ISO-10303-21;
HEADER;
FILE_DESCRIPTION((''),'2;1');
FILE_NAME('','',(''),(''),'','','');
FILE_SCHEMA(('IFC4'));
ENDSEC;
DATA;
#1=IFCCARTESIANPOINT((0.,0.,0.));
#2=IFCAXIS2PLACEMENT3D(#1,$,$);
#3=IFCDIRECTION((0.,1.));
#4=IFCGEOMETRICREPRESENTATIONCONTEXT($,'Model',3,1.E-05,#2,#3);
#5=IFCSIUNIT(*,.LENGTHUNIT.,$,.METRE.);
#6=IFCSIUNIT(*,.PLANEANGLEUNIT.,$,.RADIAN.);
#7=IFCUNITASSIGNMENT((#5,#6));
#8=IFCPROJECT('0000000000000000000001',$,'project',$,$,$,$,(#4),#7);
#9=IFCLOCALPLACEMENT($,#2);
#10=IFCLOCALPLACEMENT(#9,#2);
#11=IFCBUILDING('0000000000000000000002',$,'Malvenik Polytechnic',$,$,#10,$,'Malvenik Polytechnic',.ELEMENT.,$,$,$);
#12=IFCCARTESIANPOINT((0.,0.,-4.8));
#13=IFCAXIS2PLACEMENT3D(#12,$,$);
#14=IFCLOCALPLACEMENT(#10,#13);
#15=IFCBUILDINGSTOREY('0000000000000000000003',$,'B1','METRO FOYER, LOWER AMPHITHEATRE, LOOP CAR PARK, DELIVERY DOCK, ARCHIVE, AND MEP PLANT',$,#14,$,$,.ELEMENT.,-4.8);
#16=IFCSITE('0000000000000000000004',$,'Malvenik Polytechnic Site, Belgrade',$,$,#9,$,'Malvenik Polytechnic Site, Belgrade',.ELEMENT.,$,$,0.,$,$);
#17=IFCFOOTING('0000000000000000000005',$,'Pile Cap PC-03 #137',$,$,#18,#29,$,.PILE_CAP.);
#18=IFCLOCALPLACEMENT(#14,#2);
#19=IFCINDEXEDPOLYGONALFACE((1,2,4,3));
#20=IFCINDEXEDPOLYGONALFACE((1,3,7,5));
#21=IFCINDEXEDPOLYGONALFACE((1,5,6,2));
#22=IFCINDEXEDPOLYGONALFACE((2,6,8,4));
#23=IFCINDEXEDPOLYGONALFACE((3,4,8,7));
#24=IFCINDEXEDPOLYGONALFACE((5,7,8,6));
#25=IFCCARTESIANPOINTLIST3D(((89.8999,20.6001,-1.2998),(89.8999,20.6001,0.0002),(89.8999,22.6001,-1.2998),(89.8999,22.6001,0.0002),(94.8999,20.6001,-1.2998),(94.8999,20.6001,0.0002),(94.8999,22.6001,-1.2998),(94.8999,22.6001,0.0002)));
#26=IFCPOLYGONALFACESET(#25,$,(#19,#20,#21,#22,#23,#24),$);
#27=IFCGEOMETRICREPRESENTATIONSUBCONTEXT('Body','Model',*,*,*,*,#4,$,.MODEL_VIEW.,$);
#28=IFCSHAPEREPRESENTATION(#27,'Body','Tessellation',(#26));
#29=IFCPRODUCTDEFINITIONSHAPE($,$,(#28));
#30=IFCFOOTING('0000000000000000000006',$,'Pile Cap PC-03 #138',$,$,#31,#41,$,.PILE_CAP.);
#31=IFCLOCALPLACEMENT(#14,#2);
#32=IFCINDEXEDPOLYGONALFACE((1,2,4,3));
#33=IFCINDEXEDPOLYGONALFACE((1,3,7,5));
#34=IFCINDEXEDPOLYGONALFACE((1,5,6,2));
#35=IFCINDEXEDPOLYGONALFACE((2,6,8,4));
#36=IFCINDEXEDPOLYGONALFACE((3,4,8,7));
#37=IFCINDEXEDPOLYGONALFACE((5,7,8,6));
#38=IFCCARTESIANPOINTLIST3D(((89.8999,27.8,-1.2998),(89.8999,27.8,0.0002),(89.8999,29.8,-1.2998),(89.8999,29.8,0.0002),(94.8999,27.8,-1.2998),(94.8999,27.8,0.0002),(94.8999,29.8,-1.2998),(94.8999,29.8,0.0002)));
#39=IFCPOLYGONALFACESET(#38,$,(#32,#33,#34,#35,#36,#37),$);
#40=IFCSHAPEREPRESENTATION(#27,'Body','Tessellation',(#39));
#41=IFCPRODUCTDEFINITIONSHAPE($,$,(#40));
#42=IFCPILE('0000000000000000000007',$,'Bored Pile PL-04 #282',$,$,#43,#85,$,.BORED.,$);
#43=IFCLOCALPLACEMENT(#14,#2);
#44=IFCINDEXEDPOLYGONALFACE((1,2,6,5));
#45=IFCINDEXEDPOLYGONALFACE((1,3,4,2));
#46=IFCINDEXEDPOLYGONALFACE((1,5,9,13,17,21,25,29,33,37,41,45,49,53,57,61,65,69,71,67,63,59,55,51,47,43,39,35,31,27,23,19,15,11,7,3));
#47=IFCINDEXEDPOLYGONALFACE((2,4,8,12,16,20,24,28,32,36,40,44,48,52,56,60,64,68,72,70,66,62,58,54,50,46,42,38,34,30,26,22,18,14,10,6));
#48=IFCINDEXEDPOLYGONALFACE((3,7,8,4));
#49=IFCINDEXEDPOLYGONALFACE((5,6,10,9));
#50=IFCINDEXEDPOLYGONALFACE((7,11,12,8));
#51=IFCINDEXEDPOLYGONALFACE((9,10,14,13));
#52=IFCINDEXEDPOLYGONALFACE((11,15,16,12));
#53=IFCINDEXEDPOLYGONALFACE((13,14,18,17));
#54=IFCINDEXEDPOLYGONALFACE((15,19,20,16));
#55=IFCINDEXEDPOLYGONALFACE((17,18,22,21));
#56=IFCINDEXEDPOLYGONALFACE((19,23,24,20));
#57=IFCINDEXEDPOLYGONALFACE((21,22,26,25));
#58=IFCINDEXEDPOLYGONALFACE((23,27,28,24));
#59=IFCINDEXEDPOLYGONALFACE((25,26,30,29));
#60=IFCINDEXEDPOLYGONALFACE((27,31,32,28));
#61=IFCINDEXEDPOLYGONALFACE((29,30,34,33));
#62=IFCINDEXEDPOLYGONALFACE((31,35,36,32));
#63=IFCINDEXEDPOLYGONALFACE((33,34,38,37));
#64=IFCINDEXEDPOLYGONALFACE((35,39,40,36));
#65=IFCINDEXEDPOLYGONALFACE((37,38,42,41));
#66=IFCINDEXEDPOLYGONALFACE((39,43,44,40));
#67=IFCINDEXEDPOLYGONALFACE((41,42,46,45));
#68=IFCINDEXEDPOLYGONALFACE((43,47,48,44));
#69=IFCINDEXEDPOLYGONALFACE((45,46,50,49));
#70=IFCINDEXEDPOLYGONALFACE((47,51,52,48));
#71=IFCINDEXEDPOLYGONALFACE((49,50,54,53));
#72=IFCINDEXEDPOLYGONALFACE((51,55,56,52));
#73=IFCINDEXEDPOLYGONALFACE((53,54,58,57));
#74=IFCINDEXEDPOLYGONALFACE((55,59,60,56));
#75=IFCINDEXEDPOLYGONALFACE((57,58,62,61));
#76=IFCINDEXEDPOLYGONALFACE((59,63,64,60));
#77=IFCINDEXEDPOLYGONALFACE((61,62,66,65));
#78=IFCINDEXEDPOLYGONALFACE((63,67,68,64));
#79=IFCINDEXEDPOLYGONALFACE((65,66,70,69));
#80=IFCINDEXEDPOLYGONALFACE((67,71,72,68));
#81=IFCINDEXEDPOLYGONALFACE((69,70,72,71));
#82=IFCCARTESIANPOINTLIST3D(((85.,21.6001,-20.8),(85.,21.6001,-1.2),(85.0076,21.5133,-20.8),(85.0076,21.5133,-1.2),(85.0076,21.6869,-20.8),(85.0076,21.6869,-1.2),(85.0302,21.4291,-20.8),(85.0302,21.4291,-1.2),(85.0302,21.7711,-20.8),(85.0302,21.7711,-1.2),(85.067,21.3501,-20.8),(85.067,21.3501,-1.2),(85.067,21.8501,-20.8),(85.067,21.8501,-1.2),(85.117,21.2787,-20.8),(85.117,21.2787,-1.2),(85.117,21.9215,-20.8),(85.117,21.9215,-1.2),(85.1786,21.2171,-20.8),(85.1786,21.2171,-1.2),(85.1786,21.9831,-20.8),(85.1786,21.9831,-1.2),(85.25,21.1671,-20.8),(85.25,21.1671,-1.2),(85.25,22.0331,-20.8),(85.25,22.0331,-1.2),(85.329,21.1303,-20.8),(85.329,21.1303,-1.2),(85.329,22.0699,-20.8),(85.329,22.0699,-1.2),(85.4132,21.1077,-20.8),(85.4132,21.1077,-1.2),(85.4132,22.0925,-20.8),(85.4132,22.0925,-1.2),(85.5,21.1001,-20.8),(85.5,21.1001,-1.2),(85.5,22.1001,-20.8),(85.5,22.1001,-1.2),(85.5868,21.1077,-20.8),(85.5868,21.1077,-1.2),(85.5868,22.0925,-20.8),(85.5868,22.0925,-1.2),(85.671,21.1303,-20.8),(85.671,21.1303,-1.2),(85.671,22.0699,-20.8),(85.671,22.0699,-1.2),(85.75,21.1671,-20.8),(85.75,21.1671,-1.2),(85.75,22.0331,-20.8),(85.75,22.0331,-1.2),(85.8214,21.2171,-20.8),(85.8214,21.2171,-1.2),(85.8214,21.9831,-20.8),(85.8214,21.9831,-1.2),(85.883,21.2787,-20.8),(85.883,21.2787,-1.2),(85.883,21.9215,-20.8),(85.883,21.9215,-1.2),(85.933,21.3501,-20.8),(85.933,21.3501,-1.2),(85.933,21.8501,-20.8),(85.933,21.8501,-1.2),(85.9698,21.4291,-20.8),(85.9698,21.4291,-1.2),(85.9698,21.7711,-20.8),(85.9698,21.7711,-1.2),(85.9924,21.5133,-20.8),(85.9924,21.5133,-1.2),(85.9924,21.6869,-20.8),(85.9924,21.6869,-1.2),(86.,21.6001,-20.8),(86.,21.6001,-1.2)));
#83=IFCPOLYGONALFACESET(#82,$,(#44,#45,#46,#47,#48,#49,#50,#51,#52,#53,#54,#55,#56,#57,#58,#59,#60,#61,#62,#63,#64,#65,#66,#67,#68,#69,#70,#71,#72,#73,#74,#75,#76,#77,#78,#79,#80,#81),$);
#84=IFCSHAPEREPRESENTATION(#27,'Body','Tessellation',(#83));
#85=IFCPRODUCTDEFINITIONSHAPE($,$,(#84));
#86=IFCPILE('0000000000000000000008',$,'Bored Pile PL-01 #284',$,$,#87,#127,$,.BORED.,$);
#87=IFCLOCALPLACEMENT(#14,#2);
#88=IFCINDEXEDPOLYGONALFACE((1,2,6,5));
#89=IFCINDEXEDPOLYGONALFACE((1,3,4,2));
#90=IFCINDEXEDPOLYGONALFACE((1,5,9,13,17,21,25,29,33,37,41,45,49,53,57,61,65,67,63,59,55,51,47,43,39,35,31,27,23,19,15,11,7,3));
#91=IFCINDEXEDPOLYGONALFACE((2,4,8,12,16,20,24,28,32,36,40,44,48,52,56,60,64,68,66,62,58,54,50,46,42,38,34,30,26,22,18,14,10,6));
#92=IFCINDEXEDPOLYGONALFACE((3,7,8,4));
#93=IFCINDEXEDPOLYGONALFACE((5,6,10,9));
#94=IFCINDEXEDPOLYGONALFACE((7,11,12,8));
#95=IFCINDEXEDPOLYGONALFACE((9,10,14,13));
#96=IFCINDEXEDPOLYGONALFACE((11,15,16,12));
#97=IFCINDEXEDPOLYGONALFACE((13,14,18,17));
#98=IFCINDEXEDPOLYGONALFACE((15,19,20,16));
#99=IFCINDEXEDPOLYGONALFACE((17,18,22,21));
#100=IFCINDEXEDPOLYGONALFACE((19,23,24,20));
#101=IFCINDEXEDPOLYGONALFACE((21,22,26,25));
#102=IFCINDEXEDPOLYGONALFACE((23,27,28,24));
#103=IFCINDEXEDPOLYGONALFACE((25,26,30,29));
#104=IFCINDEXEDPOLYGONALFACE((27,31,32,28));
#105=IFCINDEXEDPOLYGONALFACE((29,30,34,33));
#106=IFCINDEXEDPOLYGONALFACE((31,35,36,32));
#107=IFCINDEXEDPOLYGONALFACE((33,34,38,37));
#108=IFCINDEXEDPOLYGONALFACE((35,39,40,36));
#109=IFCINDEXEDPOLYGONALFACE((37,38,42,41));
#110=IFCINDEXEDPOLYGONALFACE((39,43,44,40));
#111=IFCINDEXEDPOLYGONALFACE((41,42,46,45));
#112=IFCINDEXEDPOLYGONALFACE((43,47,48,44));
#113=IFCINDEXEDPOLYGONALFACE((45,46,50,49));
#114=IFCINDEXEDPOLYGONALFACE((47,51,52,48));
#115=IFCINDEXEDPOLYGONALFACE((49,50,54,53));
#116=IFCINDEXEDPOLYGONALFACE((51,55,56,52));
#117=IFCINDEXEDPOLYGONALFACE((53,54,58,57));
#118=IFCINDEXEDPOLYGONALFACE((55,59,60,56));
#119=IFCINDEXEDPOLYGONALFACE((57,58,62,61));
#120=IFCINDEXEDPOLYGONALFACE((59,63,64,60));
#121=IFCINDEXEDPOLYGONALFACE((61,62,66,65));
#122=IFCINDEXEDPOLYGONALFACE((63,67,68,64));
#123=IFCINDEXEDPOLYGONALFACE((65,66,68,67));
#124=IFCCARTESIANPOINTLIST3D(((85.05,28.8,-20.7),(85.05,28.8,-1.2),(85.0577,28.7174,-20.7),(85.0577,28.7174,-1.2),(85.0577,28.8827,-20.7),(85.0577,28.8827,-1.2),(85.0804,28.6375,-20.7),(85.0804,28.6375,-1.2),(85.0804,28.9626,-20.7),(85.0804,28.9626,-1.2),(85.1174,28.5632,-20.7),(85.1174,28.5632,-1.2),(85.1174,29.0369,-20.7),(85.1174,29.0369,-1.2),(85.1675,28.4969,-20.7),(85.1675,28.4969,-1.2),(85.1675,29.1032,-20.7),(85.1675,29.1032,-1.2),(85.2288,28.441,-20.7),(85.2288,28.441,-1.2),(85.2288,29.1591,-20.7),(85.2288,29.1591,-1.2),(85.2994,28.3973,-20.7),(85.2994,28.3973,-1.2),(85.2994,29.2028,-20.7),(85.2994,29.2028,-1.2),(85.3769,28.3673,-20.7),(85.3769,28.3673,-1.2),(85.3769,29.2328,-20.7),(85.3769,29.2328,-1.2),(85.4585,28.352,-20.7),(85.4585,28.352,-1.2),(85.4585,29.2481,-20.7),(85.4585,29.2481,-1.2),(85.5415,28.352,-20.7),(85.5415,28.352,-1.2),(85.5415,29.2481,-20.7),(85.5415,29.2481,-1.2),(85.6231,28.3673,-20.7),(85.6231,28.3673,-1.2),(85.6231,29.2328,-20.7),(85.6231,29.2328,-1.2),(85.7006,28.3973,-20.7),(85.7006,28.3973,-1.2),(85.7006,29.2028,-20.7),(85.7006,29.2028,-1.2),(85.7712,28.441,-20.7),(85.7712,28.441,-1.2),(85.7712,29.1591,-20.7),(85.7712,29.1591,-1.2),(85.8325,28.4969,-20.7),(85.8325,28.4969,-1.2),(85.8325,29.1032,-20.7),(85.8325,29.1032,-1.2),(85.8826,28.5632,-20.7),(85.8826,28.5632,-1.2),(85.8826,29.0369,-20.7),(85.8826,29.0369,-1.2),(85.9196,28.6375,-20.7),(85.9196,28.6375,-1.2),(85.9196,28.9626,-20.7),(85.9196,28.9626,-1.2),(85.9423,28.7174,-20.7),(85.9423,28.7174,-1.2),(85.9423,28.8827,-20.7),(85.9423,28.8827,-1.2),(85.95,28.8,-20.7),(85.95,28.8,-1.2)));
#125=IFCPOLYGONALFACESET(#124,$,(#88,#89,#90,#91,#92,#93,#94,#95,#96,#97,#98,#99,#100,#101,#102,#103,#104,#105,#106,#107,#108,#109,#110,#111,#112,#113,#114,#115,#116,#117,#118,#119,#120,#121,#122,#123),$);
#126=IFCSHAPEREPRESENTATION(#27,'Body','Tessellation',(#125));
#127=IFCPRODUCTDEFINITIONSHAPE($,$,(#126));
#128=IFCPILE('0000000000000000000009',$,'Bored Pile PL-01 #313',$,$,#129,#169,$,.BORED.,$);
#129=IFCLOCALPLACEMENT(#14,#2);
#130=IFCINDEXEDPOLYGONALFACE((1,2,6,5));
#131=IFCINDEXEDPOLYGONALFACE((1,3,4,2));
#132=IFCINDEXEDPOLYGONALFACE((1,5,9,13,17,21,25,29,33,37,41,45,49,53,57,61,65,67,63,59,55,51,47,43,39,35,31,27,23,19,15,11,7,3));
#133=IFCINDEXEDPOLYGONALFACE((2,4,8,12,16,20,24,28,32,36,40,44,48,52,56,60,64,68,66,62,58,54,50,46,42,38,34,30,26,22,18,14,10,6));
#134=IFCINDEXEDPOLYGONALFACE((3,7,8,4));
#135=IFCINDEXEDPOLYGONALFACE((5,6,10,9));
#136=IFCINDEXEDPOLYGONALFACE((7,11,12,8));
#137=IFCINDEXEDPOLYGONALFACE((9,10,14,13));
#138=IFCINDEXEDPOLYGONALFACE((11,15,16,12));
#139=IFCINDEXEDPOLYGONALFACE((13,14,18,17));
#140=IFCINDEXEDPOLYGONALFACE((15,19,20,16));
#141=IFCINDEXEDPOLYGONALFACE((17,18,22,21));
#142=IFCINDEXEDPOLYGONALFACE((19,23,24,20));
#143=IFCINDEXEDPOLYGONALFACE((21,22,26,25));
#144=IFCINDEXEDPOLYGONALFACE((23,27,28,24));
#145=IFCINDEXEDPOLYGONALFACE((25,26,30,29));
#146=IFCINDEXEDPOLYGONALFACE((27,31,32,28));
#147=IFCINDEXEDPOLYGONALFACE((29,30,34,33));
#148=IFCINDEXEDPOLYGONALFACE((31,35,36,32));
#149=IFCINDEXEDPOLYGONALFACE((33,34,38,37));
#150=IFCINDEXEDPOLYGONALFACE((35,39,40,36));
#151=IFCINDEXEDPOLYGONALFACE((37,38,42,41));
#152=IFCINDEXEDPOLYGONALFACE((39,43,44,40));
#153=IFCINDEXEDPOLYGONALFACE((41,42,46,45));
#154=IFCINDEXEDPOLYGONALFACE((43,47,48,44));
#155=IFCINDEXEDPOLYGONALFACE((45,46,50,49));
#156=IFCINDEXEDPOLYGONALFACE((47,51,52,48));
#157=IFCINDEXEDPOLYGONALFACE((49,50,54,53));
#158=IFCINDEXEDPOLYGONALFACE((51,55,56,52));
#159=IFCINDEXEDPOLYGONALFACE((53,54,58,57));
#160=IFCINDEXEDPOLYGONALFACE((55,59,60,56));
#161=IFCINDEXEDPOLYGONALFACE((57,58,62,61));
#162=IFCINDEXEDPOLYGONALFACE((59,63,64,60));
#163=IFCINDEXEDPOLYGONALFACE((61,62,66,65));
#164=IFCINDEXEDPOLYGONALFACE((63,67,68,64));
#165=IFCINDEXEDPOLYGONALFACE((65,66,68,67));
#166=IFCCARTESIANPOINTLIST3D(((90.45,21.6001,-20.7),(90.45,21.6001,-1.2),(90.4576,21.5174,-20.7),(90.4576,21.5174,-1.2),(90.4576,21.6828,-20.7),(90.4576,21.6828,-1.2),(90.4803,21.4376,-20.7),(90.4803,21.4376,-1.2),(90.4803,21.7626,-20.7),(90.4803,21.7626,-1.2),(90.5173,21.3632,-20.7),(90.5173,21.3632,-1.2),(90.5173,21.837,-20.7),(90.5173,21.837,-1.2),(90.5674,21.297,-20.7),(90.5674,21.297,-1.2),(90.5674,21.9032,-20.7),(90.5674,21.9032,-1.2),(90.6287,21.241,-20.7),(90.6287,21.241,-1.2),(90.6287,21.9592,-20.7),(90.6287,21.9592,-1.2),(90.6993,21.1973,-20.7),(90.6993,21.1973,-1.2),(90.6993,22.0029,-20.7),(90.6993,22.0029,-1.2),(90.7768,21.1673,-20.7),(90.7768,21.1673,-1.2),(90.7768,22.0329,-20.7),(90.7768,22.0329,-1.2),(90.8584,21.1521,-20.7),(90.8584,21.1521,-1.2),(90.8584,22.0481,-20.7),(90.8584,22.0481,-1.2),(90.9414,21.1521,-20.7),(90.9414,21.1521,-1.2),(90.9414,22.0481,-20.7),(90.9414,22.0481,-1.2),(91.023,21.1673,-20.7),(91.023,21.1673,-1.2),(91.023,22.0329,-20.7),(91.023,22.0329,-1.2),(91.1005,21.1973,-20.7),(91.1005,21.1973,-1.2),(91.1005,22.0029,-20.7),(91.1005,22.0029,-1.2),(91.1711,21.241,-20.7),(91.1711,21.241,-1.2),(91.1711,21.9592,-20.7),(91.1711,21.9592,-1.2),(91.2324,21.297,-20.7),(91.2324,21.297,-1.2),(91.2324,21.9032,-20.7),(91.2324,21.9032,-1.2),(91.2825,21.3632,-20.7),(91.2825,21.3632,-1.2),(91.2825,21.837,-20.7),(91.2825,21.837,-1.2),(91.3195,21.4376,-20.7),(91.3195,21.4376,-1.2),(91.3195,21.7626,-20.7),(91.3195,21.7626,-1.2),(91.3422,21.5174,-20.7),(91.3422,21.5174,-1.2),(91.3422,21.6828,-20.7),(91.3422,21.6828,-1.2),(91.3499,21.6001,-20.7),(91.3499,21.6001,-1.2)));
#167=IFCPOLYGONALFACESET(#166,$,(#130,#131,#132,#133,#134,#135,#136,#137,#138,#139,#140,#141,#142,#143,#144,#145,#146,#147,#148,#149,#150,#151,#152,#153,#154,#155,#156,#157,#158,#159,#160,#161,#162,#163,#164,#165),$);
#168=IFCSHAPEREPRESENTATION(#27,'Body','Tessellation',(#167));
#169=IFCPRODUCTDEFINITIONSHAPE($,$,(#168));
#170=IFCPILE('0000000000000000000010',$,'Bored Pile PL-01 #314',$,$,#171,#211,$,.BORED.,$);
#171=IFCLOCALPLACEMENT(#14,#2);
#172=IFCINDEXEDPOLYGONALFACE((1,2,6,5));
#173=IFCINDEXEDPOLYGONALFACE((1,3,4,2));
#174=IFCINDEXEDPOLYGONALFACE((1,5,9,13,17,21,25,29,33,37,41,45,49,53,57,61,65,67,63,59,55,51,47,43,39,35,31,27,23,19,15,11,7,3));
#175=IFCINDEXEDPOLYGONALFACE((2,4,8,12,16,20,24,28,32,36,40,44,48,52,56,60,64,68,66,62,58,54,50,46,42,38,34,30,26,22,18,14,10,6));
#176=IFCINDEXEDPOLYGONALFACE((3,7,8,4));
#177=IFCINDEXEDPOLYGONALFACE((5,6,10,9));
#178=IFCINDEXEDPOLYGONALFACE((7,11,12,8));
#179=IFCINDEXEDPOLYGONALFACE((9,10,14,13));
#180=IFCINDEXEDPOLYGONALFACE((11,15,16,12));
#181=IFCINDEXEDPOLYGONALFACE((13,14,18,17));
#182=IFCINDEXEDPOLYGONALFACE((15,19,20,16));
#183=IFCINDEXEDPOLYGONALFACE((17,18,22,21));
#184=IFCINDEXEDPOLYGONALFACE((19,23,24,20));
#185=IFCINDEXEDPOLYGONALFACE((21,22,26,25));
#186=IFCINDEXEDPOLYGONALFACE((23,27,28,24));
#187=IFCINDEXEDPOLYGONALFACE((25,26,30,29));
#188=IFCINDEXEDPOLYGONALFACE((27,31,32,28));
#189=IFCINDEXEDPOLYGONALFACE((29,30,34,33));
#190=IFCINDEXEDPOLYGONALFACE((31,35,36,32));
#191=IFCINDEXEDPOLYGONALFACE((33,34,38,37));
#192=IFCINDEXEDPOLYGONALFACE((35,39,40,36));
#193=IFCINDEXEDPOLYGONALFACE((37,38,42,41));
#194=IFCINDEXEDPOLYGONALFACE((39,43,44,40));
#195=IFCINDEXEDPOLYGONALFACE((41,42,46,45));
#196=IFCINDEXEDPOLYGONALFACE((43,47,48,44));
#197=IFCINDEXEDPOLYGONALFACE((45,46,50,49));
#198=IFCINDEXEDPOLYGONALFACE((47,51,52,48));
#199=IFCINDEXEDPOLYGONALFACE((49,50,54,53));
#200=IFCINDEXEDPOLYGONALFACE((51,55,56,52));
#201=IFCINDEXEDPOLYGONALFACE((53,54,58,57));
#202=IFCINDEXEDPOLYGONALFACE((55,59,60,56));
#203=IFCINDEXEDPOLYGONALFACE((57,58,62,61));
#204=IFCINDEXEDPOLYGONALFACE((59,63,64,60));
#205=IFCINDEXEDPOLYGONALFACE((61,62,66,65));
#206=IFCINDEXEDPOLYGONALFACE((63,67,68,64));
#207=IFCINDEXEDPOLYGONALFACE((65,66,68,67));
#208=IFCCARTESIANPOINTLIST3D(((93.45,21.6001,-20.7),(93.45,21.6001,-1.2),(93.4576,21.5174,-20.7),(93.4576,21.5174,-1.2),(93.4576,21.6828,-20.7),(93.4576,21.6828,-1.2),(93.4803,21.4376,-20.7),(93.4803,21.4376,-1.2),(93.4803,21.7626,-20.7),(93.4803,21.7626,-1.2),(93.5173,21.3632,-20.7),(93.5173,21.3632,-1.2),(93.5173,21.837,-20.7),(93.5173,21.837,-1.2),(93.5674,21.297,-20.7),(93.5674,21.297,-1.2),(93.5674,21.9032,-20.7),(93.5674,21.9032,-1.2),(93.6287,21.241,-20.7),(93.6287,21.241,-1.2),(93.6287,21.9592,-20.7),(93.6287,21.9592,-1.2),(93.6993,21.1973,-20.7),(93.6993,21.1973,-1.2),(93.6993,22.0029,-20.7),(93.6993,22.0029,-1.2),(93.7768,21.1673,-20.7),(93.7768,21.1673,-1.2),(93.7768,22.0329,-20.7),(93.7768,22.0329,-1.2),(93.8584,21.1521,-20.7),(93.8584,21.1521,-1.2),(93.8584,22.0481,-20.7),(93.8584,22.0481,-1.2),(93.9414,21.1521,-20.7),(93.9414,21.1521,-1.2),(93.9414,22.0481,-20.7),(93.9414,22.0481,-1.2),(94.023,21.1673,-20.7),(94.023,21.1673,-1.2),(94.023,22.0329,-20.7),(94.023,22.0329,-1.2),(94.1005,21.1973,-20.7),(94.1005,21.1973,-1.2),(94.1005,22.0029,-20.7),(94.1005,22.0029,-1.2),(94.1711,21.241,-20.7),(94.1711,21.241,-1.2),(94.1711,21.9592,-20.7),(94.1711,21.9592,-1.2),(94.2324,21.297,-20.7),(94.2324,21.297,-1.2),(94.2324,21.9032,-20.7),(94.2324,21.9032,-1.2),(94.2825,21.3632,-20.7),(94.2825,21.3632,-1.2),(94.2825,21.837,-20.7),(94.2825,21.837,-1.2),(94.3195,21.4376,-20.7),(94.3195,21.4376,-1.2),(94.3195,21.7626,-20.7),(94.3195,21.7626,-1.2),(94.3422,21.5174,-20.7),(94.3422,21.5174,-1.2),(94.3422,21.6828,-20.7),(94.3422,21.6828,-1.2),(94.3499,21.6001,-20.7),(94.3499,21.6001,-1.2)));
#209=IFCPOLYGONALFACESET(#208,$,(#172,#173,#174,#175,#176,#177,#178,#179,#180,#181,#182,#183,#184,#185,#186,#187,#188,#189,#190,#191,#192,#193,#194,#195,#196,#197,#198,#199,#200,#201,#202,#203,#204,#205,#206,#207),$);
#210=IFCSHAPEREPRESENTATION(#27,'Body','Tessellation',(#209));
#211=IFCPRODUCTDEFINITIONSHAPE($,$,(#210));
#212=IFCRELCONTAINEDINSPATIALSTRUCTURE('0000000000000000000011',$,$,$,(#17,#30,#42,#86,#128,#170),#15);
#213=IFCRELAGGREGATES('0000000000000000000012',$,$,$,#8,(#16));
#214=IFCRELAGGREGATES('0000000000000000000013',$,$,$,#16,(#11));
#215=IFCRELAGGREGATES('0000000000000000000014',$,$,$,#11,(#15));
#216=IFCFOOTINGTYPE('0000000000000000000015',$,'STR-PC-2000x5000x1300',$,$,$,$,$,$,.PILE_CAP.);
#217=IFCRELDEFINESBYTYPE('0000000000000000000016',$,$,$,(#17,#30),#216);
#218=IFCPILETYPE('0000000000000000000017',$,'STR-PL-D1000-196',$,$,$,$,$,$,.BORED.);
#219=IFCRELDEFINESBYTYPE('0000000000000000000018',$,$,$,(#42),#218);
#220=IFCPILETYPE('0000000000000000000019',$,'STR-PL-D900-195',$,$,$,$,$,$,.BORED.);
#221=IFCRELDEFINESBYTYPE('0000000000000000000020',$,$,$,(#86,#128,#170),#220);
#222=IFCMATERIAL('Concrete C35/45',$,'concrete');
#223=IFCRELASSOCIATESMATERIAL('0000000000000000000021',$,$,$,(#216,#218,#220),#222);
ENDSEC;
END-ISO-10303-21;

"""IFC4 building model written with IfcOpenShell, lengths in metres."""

from ifc_helpers import new_model, si_unit, direction, frame, origin, origin_2d, place, context, subcontext, project, spatial, rectangle, circle, extrude, material, material_profile, profile_set, type_object, element, save


model = new_model("IFC4")

# Units and contexts
model_context = context("Model", 3, precision=1e-05, world=origin(), true_north=direction((0.0, 1.0)))
body_context = subcontext(model_context, "Body", "Model", "MODEL_VIEW")
ifc_project = project(units=[si_unit("LENGTHUNIT", "METRE"), si_unit("PLANEANGLEUNIT", "RADIAN")], contexts=[model_context])

# Site, building, storey
site_placement = place(None, origin())
site = spatial("IfcSite", under=ifc_project, at=site_placement, Name="Malvenik Polytechnic Site, Belgrade", LongName="Malvenik Polytechnic Site, Belgrade", CompositionType="ELEMENT", RefElevation=0.0)
building_placement = place(site_placement, origin())
building = spatial("IfcBuilding", under=site, at=building_placement, Name="Malvenik Polytechnic", LongName="Malvenik Polytechnic", CompositionType="ELEMENT")
storey_placement = place(building_placement, frame((0.0, 0.0, -4.8)))
storey = spatial("IfcBuildingStorey", under=building, at=storey_placement, Name="B1", Description="METRO FOYER, LOWER AMPHITHEATRE, LOOP CAR PARK, DELIVERY DOCK, ARCHIVE, AND MEP PLANT", CompositionType="ELEMENT", Elevation=-4.8)

# Footings
ifc_material_1 = material(Name="Concrete C35/45", Category="concrete")
footing_type = type_object("IfcFootingType", Name="STR-PC-2000x5000x1300", PredefinedType="PILE_CAP", material=ifc_material_1)
for number, where, z_axis, x_axis, name in (
    (1, (92.3999, 21.6001, -1.2998), (0.0, 0.0, 1.0), (1.0, 0.0, 0.0), "Pile Cap PC-03 #137"),
    (2, (92.3999, 28.8, -1.2998), (0.0, 0.0, 1.0), (1.0, 0.0, 0.0), "Pile Cap PC-03 #138"),
):
    element("IfcFooting", number, at=place(storey_placement, frame(where, z_axis=z_axis, x_axis=x_axis)), inside=storey, type_object=footing_type, Name=name, PredefinedType="PILE_CAP", context=body_context, shape_type="SweptSolid", body=[
        extrude(rectangle(XDim=5.0, YDim=2.0, at=origin_2d()), origin(), (0.0, 0.0, 1.0), 1.3),
    ])

# Piles
ifc_material_profile_1 = material_profile(ifc_material_1, circle(Radius=0.5, at=origin_2d()), Name="BORED PILE D1000")
ifc_profile_set_1 = profile_set([ifc_material_profile_1], Name="Concrete C35/45")
pile_type_1 = type_object("IfcPileType", Name="STR-PL-D1000-196", PredefinedType="BORED", material=ifc_profile_set_1)
pile_placement = place(storey_placement, frame((85.5, 21.6001, -1.2), z_axis=(0.0, 0.0, -1.0), x_axis=(1.0, 0.0, 0.0)))
element("IfcPile", 3, at=pile_placement, inside=storey, type_object=pile_type_1, Name="Bored Pile PL-04 #282", PredefinedType="BORED", context=body_context, shape_type="SweptSolid", body=[
    extrude(circle(Radius=0.5, at=origin_2d()), origin(), (0.0, 0.0, 1.0), 19.6001),
])
ifc_material_profile_2 = material_profile(ifc_material_1, circle(Radius=0.45, at=origin_2d()), Name="BORED PILE D900")
ifc_profile_set_2 = profile_set([ifc_material_profile_2], Name="Concrete C35/45")
pile_type_2 = type_object("IfcPileType", Name="STR-PL-D900-195", PredefinedType="BORED", material=ifc_profile_set_2)
for number, where, z_axis, x_axis, name in (
    (4, (85.5, 28.8, -1.2), (0.0, 0.0, -1.0), (1.0, 0.0, 0.0), "Bored Pile PL-01 #284"),
    (5, (90.8999, 21.6001, -1.2), (0.0, 0.0, -1.0), (1.0, 0.0, 0.0), "Bored Pile PL-01 #313"),
    (6, (93.8999, 21.6001, -1.2), (0.0, 0.0, -1.0), (1.0, 0.0, 0.0), "Bored Pile PL-01 #314"),
):
    element("IfcPile", number, at=place(storey_placement, frame(where, z_axis=z_axis, x_axis=x_axis)), inside=storey, type_object=pile_type_2, Name=name, PredefinedType="BORED", context=body_context, shape_type="SweptSolid", body=[
        extrude(circle(Radius=0.45, at=origin_2d()), origin(), (0.0, 0.0, 1.0), 19.5),
    ])

save(model, "model.ifc")
